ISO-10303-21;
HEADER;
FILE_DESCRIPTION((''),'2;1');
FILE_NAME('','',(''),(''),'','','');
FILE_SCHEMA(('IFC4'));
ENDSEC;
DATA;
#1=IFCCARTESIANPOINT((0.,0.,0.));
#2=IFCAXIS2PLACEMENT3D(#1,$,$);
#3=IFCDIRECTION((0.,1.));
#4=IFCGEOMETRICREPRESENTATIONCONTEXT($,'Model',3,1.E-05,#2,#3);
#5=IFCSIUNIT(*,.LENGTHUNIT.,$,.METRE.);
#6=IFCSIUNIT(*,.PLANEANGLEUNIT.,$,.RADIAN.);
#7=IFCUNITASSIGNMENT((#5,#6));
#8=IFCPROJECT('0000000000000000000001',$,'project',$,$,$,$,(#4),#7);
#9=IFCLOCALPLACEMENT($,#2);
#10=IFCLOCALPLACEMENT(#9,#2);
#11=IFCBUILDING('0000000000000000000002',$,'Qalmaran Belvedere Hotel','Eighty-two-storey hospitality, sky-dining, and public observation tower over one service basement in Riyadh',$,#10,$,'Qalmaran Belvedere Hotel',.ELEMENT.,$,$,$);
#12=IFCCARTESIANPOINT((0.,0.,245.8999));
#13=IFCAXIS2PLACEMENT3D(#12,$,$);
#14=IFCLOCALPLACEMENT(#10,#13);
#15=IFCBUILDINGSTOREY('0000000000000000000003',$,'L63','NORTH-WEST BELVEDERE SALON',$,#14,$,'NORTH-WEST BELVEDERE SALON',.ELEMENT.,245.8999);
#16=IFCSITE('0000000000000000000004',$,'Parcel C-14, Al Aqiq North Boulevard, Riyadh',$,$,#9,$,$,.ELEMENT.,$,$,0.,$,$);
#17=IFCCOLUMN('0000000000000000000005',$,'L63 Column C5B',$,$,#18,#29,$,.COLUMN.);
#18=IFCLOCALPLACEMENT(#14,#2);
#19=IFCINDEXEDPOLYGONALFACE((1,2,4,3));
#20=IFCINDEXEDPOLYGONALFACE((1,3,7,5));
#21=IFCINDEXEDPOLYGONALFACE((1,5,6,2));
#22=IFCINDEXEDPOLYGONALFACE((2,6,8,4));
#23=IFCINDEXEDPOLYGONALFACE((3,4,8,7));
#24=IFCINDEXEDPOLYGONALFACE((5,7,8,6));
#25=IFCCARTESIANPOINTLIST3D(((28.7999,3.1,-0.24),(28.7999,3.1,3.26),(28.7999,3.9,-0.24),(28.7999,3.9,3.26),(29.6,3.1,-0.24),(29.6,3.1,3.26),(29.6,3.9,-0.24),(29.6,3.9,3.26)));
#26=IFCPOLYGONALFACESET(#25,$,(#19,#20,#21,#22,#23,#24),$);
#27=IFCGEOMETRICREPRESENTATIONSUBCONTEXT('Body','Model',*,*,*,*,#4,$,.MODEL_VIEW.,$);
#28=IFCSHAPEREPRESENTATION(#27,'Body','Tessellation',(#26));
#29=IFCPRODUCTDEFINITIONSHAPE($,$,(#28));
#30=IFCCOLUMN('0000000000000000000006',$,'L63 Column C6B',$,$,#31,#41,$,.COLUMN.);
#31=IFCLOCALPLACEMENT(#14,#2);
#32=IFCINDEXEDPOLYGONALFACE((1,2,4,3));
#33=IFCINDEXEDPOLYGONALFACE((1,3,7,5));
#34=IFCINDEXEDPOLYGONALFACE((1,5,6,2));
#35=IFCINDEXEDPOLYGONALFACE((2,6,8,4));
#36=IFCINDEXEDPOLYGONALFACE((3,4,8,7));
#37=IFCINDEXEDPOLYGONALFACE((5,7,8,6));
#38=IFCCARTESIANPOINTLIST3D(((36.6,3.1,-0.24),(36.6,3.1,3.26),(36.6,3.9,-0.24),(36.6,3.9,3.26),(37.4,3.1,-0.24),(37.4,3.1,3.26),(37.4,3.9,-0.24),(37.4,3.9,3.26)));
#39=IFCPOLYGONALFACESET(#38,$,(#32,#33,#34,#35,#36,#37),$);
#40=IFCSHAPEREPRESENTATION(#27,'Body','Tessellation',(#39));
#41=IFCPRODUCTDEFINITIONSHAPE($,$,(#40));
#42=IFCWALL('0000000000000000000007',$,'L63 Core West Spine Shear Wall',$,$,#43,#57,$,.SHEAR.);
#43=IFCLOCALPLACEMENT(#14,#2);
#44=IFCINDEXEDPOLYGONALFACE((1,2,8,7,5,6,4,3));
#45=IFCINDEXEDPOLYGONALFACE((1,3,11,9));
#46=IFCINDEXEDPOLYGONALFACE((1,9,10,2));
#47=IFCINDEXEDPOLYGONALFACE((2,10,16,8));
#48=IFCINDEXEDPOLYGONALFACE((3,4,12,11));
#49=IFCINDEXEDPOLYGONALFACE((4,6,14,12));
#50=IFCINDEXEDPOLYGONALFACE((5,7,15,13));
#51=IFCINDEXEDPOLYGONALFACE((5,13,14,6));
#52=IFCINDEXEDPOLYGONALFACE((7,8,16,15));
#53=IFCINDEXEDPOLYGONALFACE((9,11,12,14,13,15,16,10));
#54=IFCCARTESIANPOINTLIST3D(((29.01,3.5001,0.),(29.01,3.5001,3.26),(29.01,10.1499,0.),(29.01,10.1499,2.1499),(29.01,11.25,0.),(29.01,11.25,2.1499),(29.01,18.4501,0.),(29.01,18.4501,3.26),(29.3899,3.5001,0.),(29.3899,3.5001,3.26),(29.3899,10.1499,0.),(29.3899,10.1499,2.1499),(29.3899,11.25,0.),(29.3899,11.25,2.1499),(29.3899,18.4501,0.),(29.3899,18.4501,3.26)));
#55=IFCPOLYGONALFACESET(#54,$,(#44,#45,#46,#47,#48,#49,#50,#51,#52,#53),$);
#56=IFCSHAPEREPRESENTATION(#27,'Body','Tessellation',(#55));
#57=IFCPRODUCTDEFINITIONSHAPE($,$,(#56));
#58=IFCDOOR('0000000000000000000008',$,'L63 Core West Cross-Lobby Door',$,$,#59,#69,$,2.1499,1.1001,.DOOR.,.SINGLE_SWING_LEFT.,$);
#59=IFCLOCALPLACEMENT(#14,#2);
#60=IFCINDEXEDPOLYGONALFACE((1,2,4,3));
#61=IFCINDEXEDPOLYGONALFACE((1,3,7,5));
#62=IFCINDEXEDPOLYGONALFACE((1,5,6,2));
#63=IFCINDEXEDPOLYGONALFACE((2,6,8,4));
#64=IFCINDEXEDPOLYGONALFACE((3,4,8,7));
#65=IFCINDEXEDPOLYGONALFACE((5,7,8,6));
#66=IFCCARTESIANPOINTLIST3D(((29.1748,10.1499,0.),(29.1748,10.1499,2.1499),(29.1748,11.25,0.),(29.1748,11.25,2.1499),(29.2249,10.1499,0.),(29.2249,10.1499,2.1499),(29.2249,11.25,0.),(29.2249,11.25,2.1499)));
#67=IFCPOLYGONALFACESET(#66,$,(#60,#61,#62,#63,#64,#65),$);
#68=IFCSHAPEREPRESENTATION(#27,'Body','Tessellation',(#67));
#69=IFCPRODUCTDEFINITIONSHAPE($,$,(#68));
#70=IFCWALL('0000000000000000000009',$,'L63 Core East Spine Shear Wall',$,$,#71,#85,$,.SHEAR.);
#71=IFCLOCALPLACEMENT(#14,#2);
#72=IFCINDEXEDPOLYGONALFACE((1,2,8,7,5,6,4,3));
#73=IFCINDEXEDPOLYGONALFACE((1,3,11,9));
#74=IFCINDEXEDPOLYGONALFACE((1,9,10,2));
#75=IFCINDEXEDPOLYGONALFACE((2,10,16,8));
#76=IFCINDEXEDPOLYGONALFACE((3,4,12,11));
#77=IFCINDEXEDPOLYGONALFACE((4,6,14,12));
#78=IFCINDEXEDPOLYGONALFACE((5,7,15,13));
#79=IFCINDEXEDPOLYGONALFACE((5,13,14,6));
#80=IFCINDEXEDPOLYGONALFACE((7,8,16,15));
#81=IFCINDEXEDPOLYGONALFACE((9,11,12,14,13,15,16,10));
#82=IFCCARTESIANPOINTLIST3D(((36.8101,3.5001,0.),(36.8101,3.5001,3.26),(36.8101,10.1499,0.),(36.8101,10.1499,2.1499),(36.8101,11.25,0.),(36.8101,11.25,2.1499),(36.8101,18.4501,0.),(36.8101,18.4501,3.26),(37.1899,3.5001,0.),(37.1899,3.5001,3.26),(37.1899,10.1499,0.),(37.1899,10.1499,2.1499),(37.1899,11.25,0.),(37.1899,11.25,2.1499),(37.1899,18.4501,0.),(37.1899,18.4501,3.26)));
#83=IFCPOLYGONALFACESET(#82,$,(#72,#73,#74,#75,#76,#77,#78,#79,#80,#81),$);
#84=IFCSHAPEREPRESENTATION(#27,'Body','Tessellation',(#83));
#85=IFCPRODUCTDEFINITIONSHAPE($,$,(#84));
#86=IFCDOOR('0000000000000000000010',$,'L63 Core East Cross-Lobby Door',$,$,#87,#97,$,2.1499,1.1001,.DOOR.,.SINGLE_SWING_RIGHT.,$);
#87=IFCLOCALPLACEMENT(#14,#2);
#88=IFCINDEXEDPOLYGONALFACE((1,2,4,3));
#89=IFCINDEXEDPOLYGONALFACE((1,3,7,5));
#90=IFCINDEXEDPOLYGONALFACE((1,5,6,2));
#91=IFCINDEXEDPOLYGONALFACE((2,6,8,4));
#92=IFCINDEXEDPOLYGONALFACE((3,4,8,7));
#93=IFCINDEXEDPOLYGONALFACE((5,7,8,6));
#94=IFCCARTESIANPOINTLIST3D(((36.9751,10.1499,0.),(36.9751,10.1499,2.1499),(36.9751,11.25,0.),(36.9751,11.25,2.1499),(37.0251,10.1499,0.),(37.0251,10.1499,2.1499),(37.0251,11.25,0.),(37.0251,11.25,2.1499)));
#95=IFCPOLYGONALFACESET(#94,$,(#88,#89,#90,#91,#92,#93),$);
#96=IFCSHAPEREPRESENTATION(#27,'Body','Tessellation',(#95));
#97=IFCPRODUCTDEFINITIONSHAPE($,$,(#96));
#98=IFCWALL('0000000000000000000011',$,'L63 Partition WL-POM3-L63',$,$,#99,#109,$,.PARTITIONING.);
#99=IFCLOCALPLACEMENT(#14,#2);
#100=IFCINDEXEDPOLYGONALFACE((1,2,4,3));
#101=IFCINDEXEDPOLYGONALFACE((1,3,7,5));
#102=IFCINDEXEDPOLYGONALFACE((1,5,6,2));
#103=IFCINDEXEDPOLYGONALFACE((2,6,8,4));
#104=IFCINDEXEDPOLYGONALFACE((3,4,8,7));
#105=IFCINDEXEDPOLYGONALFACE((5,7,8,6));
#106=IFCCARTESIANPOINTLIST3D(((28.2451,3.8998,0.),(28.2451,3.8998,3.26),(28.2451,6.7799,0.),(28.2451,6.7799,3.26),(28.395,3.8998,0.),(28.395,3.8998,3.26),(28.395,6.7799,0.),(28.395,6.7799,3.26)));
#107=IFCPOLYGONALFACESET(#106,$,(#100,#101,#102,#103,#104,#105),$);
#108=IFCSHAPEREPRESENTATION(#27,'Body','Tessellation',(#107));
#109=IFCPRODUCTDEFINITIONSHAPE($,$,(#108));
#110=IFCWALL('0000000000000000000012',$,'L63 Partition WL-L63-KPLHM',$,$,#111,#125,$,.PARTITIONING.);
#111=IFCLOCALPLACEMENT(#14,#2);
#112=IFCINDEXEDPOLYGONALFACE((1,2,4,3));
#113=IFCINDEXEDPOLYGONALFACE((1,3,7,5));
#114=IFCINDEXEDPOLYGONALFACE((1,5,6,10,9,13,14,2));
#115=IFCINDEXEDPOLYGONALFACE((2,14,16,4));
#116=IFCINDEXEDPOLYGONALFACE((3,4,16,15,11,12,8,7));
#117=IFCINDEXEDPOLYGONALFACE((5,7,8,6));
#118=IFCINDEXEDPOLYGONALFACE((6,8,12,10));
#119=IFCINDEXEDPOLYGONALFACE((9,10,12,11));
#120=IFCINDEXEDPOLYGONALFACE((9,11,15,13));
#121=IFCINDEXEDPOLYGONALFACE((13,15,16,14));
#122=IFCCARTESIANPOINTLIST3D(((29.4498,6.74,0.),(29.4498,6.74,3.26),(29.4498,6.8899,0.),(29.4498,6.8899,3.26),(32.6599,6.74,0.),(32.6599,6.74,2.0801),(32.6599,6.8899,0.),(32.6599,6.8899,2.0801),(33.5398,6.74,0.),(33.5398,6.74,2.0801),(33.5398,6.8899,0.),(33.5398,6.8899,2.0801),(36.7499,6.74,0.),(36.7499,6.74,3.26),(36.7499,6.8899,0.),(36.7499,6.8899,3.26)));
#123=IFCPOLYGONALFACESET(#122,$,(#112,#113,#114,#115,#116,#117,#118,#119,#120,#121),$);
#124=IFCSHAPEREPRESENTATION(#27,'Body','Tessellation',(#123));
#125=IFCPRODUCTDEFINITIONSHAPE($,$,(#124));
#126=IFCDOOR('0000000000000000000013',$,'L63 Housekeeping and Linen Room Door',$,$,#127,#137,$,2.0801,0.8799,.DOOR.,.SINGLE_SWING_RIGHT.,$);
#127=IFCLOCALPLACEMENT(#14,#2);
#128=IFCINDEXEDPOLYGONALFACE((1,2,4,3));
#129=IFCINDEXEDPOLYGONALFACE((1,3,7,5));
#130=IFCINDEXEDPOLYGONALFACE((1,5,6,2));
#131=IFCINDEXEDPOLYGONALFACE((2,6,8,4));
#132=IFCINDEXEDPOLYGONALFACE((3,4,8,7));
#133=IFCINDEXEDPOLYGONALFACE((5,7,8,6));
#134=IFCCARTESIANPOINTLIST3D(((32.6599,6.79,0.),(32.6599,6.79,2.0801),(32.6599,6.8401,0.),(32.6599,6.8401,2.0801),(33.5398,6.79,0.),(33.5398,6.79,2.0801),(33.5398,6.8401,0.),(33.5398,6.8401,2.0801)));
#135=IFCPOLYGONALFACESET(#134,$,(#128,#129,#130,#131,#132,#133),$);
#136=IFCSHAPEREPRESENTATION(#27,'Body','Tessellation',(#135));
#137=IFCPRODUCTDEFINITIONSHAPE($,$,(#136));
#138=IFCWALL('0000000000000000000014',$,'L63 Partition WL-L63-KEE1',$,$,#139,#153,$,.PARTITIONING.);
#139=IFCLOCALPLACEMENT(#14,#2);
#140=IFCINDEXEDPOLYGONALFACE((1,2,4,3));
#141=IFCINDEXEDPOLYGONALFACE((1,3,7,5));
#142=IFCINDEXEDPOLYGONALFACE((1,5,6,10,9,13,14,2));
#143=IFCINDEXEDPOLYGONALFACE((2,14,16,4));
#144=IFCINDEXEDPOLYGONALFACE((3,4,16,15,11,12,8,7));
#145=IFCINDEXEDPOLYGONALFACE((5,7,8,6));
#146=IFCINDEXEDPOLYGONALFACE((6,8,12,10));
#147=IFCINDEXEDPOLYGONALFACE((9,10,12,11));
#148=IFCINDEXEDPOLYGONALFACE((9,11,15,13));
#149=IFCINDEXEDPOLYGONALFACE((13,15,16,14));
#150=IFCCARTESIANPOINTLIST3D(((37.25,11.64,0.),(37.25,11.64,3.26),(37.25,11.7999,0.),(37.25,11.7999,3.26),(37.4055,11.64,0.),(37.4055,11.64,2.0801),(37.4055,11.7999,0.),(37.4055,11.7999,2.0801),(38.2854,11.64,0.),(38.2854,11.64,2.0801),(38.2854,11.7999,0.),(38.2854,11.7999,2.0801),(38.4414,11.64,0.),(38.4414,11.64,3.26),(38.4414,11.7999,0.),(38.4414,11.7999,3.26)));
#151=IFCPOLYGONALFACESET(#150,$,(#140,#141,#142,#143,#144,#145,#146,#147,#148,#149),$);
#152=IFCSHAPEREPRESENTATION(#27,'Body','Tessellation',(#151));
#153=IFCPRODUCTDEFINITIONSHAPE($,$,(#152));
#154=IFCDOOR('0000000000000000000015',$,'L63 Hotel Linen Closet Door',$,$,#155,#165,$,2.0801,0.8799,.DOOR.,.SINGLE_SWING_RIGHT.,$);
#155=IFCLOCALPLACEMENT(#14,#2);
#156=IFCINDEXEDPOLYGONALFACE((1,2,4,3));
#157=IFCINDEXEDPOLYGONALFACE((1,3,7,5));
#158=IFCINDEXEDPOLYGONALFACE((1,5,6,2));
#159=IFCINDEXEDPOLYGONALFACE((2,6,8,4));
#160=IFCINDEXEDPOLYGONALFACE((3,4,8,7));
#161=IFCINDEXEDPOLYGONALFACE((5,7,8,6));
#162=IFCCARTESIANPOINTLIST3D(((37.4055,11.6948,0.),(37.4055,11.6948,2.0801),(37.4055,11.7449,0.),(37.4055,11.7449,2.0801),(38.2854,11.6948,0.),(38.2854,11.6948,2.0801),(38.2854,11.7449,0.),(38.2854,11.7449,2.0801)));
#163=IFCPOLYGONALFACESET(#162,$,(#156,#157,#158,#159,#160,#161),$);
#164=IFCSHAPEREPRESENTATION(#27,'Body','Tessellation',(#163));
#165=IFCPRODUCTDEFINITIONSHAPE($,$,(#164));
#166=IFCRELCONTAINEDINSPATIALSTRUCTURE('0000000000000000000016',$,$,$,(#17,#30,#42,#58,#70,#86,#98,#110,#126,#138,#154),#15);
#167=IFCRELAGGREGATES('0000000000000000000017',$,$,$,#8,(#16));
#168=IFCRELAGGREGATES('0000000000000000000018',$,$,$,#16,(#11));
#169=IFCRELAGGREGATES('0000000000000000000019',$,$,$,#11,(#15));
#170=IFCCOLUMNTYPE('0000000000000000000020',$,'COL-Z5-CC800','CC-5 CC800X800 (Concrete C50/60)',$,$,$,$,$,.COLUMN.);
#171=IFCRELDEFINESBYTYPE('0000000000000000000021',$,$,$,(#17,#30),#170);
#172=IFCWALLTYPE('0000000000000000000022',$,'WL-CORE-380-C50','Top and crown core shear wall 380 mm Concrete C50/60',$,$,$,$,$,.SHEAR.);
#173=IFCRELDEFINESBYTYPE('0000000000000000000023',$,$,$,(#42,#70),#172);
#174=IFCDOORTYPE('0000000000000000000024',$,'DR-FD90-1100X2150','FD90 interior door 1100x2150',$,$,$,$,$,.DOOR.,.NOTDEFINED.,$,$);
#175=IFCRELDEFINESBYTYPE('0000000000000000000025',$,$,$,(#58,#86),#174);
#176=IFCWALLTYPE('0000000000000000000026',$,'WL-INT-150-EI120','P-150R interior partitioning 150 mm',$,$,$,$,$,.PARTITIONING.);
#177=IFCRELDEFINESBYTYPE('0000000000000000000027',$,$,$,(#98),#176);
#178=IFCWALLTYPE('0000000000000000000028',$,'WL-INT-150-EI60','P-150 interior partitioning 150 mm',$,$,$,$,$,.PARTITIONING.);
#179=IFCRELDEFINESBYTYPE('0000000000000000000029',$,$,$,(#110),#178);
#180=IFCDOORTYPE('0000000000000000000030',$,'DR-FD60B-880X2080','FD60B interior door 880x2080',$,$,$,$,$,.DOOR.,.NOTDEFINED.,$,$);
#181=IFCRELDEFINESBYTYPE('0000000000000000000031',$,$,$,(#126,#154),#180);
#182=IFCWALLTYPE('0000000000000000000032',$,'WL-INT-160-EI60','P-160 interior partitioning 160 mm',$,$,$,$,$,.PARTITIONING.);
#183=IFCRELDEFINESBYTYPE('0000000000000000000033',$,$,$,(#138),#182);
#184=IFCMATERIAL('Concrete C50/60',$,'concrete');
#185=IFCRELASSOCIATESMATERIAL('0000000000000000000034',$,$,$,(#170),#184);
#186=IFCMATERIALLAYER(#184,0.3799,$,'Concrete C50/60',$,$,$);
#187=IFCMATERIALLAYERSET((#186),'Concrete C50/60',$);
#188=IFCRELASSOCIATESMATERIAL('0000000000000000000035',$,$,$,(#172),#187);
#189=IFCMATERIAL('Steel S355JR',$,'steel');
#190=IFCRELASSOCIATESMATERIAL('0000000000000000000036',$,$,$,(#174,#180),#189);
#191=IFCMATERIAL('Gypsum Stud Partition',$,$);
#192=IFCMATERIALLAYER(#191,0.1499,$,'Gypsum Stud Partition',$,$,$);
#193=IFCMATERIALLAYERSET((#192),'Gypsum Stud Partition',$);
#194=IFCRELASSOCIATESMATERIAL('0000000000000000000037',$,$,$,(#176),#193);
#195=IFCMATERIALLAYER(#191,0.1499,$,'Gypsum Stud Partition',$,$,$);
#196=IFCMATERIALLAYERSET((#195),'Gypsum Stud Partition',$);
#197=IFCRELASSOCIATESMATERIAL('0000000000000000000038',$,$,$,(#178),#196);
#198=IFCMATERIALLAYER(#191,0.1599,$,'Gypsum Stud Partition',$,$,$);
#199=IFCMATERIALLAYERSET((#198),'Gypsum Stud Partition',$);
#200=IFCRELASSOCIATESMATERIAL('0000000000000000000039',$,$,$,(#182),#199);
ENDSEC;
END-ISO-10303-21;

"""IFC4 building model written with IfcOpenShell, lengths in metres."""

from ifc_helpers import new_model, si_unit, direction, frame, frame_2d, origin, origin_2d, place, context, subcontext, project, spatial, rectangle, extrude, material, layer, layer_set, material_profile, profile_set, type_object, element, fill, save


model = new_model("IFC4")

# Units and contexts
model_context = context("Model", 3, precision=1e-05, world=origin(), true_north=direction((0.0, 1.0)))
body_context = subcontext(model_context, "Body", "Model", "MODEL_VIEW")
ifc_project = project(units=[si_unit("LENGTHUNIT", "METRE"), si_unit("PLANEANGLEUNIT", "RADIAN")], contexts=[model_context])

# Site, building, storey
site_placement = place(None, origin())
site = spatial("IfcSite", under=ifc_project, at=site_placement, Name="Parcel C-14, Al Aqiq North Boulevard, Riyadh", CompositionType="ELEMENT", RefElevation=0.0)
building_placement = place(site_placement, origin())
building = spatial("IfcBuilding", under=site, at=building_placement, Name="Qalmaran Belvedere Hotel", Description="Eighty-two-storey hospitality, sky-dining, and public observation tower over one service basement in Riyadh", LongName="Qalmaran Belvedere Hotel", CompositionType="ELEMENT")
storey_placement = place(building_placement, frame((0.0, 0.0, 245.8999)))
storey = spatial("IfcBuildingStorey", under=building, at=storey_placement, Name="L63", Description="NORTH-WEST BELVEDERE SALON", LongName="NORTH-WEST BELVEDERE SALON", CompositionType="ELEMENT", Elevation=245.8999)

# Columns
ifc_material_1 = material(Name="Concrete C50/60", Category="concrete")
ifc_material_profile = material_profile(ifc_material_1, rectangle(XDim=0.8, YDim=0.8, at=origin_2d()), Name="CC800X800")
ifc_profile_set = profile_set([ifc_material_profile], Name="Concrete C50/60")
column_type = type_object("IfcColumnType", Name="COL-Z5-CC800", Description="CC-5 CC800X800 (Concrete C50/60)", PredefinedType="COLUMN", material=ifc_profile_set)
for number, where, z_axis, x_axis, name in (
    (1, (29.2, 3.5, -0.24), (0.0, 0.0, 1.0), (1.0, 0.0, 0.0), "L63 Column C5B"),
    (2, (37.0, 3.5, -0.24), (0.0, 0.0, 1.0), (1.0, 0.0, 0.0), "L63 Column C6B"),
):
    element("IfcColumn", number, at=place(storey_placement, frame(where, z_axis=z_axis, x_axis=x_axis)), inside=storey, type_object=column_type, Name=name, PredefinedType="COLUMN", context=body_context, shape_type="SweptSolid", body=[
        extrude(rectangle(XDim=0.8, YDim=0.8, at=origin_2d()), origin(), (0.0, 0.0, 1.0), 3.5),
    ])

# Walls, openings, doors
ifc_layer_1 = layer(ifc_material_1, 0.3799, Name="Concrete C50/60")
ifc_layer_set_1 = layer_set([ifc_layer_1], Name="Concrete C50/60")
wall_type_1 = type_object("IfcWallType", Name="WL-CORE-380-C50", Description="Top and crown core shear wall 380 mm Concrete C50/60", PredefinedType="SHEAR", material=ifc_layer_set_1)
wall_1_placement = place(storey_placement, frame((29.2, 3.5, 0.0), z_axis=(0.0, 0.0, 1.0), x_axis=(0.0, 1.0, 0.0)))
wall_1 = element("IfcWall", 3, at=wall_1_placement, inside=storey, type_object=wall_type_1, Name="L63 Core West Spine Shear Wall", PredefinedType="SHEAR", context=body_context, shape_type="SweptSolid", body=[
    extrude(rectangle(XDim=14.95, YDim=0.3799, at=frame_2d((7.4751, 0.0))), origin(), (0.0, 0.0, 1.0), 3.26),
])
opening_1_placement = place(wall_1_placement, frame((7.75, 0.0, 0.0), z_axis=(0.0, 0.0, 1.0), x_axis=(-1.0, 0.0, 0.0)))
opening_1 = element("IfcOpeningElement", 4, at=opening_1_placement, cuts=wall_1, PredefinedType="OPENING", context=body_context, shape_type="SweptSolid", body=[
    extrude(rectangle(XDim=1.1001, YDim=2.1499, at=frame_2d((0.55, 1.075))), frame((0.0, 0.2, 0.0), z_axis=(0.0, -1.0, 0.0), x_axis=(1.0, 0.0, 0.0)), (0.0, 0.0, 1.0), 0.3999),
])
ifc_material_2 = material(Name="Steel S355JR", Category="steel")
door_type_1 = type_object("IfcDoorType", Name="DR-FD90-1100X2150", Description="FD90 interior door 1100x2150", OperationType="NOTDEFINED", PredefinedType="DOOR", material=ifc_material_2)
door_1_placement = place(opening_1_placement, origin())
door_1 = element("IfcDoor", 5, at=door_1_placement, inside=storey, type_object=door_type_1, Name="L63 Core West Cross-Lobby Door", OperationType="SINGLE_SWING_LEFT", OverallHeight=2.1499, OverallWidth=1.1001, PredefinedType="DOOR", context=body_context, shape_type="SweptSolid", body=[
    extrude(rectangle(XDim=1.1001, YDim=2.1499, at=frame_2d((0.55, 1.075))), frame((0.0, 0.0249, 0.0), z_axis=(0.0, -1.0, 0.0), x_axis=(1.0, 0.0, 0.0)), (0.0, 0.0, 1.0), 0.05),
])
fill(opening_1, door_1)
wall_2_placement = place(storey_placement, frame((37.0, 3.5, 0.0), z_axis=(0.0, 0.0, 1.0), x_axis=(0.0, 1.0, 0.0)))
wall_2 = element("IfcWall", 6, at=wall_2_placement, inside=storey, type_object=wall_type_1, Name="L63 Core East Spine Shear Wall", PredefinedType="SHEAR", context=body_context, shape_type="SweptSolid", body=[
    extrude(rectangle(XDim=14.95, YDim=0.3799, at=frame_2d((7.4751, 0.0))), origin(), (0.0, 0.0, 1.0), 3.26),
])
opening_2_placement = place(wall_2_placement, frame((6.6499, 0.0, 0.0)))
opening_2 = element("IfcOpeningElement", 7, at=opening_2_placement, cuts=wall_2, PredefinedType="OPENING", context=body_context, shape_type="SweptSolid", body=[
    extrude(rectangle(XDim=1.1001, YDim=2.1499, at=frame_2d((0.55, 1.075))), frame((0.0, 0.2, 0.0), z_axis=(0.0, -1.0, 0.0), x_axis=(1.0, 0.0, 0.0)), (0.0, 0.0, 1.0), 0.3999),
])
door_2_placement = place(opening_2_placement, origin())
door_2 = element("IfcDoor", 8, at=door_2_placement, inside=storey, type_object=door_type_1, Name="L63 Core East Cross-Lobby Door", OperationType="SINGLE_SWING_RIGHT", OverallHeight=2.1499, OverallWidth=1.1001, PredefinedType="DOOR", context=body_context, shape_type="SweptSolid", body=[
    extrude(rectangle(XDim=1.1001, YDim=2.1499, at=frame_2d((0.55, 1.075))), frame((0.0, 0.0249, 0.0), z_axis=(0.0, -1.0, 0.0), x_axis=(1.0, 0.0, 0.0)), (0.0, 0.0, 1.0), 0.05),
])
fill(opening_2, door_2)

# Wall
ifc_material_3 = material(Name="Gypsum Stud Partition")
ifc_layer_2 = layer(ifc_material_3, 0.1499, Name="Gypsum Stud Partition")
ifc_layer_set_2 = layer_set([ifc_layer_2], Name="Gypsum Stud Partition")
wall_type_2 = type_object("IfcWallType", Name="WL-INT-150-EI120", Description="P-150R interior partitioning 150 mm", PredefinedType="PARTITIONING", material=ifc_layer_set_2)
wall_3_placement = place(storey_placement, frame((28.3201, 3.8999, 0.0), z_axis=(0.0, 0.0, 1.0), x_axis=(0.0, 1.0, 0.0)))
element("IfcWall", 9, at=wall_3_placement, inside=storey, type_object=wall_type_2, Name="L63 Partition WL-POM3-L63", PredefinedType="PARTITIONING", context=body_context, shape_type="SweptSolid", body=[
    extrude(rectangle(XDim=2.8801, YDim=0.1499, at=frame_2d((1.4399, 0.0))), origin(), (0.0, 0.0, 1.0), 3.26),
])
ifc_layer_3 = layer(ifc_material_3, 0.1499, Name="Gypsum Stud Partition")
ifc_layer_set_3 = layer_set([ifc_layer_3], Name="Gypsum Stud Partition")
wall_type_3 = type_object("IfcWallType", Name="WL-INT-150-EI60", Description="P-150 interior partitioning 150 mm", PredefinedType="PARTITIONING", material=ifc_layer_set_3)

# Walls, openings, doors
wall_4_placement = place(storey_placement, frame((29.45, 6.8149, 0.0), z_axis=(0.0, 0.0, 1.0), x_axis=(1.0, 0.0, 0.0)))
wall_4 = element("IfcWall", 10, at=wall_4_placement, inside=storey, type_object=wall_type_3, Name="L63 Partition WL-L63-KPLHM", PredefinedType="PARTITIONING", context=body_context, shape_type="SweptSolid", body=[
    extrude(rectangle(XDim=7.3, YDim=0.1499, at=frame_2d((3.6499, 0.0))), origin(), (0.0, 0.0, 1.0), 3.26),
])
opening_3_placement = place(wall_4_placement, frame((4.0898, 0.0, 0.0), z_axis=(0.0, 0.0, 1.0), x_axis=(-1.0, 0.0, 0.0)))
opening_3 = element("IfcOpeningElement", 11, at=opening_3_placement, cuts=wall_4, PredefinedType="OPENING", context=body_context, shape_type="SweptSolid", body=[
    extrude(rectangle(XDim=0.8799, YDim=2.0801, at=frame_2d((0.4399, 1.04))), frame((0.0, 0.085, 0.0), z_axis=(0.0, -1.0, 0.0), x_axis=(1.0, 0.0, 0.0)), (0.0, 0.0, 1.0), 0.1699),
])
door_type_2 = type_object("IfcDoorType", Name="DR-FD60B-880X2080", Description="FD60B interior door 880x2080", OperationType="NOTDEFINED", PredefinedType="DOOR", material=ifc_material_2)
door_3_placement = place(opening_3_placement, origin())
door_3 = element("IfcDoor", 12, at=door_3_placement, inside=storey, type_object=door_type_2, Name="L63 Housekeeping and Linen Room Door", OperationType="SINGLE_SWING_RIGHT", OverallHeight=2.0801, OverallWidth=0.8799, PredefinedType="DOOR", context=body_context, shape_type="SweptSolid", body=[
    extrude(rectangle(XDim=0.8799, YDim=2.0801, at=frame_2d((0.4399, 1.04))), frame((0.0, 0.0249, 0.0), z_axis=(0.0, -1.0, 0.0), x_axis=(1.0, 0.0, 0.0)), (0.0, 0.0, 1.0), 0.05),
])
fill(opening_3, door_3)
ifc_layer_4 = layer(ifc_material_3, 0.1599, Name="Gypsum Stud Partition")
ifc_layer_set_4 = layer_set([ifc_layer_4], Name="Gypsum Stud Partition")
wall_type_4 = type_object("IfcWallType", Name="WL-INT-160-EI60", Description="P-160 interior partitioning 160 mm", PredefinedType="PARTITIONING", material=ifc_layer_set_4)
wall_5_placement = place(storey_placement, frame((37.25, 11.72, 0.0), z_axis=(0.0, 0.0, 1.0), x_axis=(1.0, 0.0, 0.0)))
wall_5 = element("IfcWall", 13, at=wall_5_placement, inside=storey, type_object=wall_type_4, Name="L63 Partition WL-L63-KEE1", PredefinedType="PARTITIONING", context=body_context, shape_type="SweptSolid", body=[
    extrude(rectangle(XDim=1.1914, YDim=0.1599, at=frame_2d((0.5957, 0.0))), origin(), (0.0, 0.0, 1.0), 3.26),
])
opening_4_placement = place(wall_5_placement, frame((0.1555, 0.0, 0.0)))
opening_4 = element("IfcOpeningElement", 14, at=opening_4_placement, cuts=wall_5, PredefinedType="OPENING", context=body_context, shape_type="SweptSolid", body=[
    extrude(rectangle(XDim=0.8799, YDim=2.0801, at=frame_2d((0.4399, 1.04))), frame((0.0, 0.0898, 0.0), z_axis=(0.0, -1.0, 0.0), x_axis=(1.0, 0.0, 0.0)), (0.0, 0.0, 1.0), 0.1799),
])
door_4_placement = place(opening_4_placement, origin())
door_4 = element("IfcDoor", 15, at=door_4_placement, inside=storey, type_object=door_type_2, Name="L63 Hotel Linen Closet Door", OperationType="SINGLE_SWING_RIGHT", OverallHeight=2.0801, OverallWidth=0.8799, PredefinedType="DOOR", context=body_context, shape_type="SweptSolid", body=[
    extrude(rectangle(XDim=0.8799, YDim=2.0801, at=frame_2d((0.4399, 1.04))), frame((0.0, 0.0249, 0.0), z_axis=(0.0, -1.0, 0.0), x_axis=(1.0, 0.0, 0.0)), (0.0, 0.0, 1.0), 0.05),
])
fill(opening_4, door_4)

save(model, "model.ifc")
